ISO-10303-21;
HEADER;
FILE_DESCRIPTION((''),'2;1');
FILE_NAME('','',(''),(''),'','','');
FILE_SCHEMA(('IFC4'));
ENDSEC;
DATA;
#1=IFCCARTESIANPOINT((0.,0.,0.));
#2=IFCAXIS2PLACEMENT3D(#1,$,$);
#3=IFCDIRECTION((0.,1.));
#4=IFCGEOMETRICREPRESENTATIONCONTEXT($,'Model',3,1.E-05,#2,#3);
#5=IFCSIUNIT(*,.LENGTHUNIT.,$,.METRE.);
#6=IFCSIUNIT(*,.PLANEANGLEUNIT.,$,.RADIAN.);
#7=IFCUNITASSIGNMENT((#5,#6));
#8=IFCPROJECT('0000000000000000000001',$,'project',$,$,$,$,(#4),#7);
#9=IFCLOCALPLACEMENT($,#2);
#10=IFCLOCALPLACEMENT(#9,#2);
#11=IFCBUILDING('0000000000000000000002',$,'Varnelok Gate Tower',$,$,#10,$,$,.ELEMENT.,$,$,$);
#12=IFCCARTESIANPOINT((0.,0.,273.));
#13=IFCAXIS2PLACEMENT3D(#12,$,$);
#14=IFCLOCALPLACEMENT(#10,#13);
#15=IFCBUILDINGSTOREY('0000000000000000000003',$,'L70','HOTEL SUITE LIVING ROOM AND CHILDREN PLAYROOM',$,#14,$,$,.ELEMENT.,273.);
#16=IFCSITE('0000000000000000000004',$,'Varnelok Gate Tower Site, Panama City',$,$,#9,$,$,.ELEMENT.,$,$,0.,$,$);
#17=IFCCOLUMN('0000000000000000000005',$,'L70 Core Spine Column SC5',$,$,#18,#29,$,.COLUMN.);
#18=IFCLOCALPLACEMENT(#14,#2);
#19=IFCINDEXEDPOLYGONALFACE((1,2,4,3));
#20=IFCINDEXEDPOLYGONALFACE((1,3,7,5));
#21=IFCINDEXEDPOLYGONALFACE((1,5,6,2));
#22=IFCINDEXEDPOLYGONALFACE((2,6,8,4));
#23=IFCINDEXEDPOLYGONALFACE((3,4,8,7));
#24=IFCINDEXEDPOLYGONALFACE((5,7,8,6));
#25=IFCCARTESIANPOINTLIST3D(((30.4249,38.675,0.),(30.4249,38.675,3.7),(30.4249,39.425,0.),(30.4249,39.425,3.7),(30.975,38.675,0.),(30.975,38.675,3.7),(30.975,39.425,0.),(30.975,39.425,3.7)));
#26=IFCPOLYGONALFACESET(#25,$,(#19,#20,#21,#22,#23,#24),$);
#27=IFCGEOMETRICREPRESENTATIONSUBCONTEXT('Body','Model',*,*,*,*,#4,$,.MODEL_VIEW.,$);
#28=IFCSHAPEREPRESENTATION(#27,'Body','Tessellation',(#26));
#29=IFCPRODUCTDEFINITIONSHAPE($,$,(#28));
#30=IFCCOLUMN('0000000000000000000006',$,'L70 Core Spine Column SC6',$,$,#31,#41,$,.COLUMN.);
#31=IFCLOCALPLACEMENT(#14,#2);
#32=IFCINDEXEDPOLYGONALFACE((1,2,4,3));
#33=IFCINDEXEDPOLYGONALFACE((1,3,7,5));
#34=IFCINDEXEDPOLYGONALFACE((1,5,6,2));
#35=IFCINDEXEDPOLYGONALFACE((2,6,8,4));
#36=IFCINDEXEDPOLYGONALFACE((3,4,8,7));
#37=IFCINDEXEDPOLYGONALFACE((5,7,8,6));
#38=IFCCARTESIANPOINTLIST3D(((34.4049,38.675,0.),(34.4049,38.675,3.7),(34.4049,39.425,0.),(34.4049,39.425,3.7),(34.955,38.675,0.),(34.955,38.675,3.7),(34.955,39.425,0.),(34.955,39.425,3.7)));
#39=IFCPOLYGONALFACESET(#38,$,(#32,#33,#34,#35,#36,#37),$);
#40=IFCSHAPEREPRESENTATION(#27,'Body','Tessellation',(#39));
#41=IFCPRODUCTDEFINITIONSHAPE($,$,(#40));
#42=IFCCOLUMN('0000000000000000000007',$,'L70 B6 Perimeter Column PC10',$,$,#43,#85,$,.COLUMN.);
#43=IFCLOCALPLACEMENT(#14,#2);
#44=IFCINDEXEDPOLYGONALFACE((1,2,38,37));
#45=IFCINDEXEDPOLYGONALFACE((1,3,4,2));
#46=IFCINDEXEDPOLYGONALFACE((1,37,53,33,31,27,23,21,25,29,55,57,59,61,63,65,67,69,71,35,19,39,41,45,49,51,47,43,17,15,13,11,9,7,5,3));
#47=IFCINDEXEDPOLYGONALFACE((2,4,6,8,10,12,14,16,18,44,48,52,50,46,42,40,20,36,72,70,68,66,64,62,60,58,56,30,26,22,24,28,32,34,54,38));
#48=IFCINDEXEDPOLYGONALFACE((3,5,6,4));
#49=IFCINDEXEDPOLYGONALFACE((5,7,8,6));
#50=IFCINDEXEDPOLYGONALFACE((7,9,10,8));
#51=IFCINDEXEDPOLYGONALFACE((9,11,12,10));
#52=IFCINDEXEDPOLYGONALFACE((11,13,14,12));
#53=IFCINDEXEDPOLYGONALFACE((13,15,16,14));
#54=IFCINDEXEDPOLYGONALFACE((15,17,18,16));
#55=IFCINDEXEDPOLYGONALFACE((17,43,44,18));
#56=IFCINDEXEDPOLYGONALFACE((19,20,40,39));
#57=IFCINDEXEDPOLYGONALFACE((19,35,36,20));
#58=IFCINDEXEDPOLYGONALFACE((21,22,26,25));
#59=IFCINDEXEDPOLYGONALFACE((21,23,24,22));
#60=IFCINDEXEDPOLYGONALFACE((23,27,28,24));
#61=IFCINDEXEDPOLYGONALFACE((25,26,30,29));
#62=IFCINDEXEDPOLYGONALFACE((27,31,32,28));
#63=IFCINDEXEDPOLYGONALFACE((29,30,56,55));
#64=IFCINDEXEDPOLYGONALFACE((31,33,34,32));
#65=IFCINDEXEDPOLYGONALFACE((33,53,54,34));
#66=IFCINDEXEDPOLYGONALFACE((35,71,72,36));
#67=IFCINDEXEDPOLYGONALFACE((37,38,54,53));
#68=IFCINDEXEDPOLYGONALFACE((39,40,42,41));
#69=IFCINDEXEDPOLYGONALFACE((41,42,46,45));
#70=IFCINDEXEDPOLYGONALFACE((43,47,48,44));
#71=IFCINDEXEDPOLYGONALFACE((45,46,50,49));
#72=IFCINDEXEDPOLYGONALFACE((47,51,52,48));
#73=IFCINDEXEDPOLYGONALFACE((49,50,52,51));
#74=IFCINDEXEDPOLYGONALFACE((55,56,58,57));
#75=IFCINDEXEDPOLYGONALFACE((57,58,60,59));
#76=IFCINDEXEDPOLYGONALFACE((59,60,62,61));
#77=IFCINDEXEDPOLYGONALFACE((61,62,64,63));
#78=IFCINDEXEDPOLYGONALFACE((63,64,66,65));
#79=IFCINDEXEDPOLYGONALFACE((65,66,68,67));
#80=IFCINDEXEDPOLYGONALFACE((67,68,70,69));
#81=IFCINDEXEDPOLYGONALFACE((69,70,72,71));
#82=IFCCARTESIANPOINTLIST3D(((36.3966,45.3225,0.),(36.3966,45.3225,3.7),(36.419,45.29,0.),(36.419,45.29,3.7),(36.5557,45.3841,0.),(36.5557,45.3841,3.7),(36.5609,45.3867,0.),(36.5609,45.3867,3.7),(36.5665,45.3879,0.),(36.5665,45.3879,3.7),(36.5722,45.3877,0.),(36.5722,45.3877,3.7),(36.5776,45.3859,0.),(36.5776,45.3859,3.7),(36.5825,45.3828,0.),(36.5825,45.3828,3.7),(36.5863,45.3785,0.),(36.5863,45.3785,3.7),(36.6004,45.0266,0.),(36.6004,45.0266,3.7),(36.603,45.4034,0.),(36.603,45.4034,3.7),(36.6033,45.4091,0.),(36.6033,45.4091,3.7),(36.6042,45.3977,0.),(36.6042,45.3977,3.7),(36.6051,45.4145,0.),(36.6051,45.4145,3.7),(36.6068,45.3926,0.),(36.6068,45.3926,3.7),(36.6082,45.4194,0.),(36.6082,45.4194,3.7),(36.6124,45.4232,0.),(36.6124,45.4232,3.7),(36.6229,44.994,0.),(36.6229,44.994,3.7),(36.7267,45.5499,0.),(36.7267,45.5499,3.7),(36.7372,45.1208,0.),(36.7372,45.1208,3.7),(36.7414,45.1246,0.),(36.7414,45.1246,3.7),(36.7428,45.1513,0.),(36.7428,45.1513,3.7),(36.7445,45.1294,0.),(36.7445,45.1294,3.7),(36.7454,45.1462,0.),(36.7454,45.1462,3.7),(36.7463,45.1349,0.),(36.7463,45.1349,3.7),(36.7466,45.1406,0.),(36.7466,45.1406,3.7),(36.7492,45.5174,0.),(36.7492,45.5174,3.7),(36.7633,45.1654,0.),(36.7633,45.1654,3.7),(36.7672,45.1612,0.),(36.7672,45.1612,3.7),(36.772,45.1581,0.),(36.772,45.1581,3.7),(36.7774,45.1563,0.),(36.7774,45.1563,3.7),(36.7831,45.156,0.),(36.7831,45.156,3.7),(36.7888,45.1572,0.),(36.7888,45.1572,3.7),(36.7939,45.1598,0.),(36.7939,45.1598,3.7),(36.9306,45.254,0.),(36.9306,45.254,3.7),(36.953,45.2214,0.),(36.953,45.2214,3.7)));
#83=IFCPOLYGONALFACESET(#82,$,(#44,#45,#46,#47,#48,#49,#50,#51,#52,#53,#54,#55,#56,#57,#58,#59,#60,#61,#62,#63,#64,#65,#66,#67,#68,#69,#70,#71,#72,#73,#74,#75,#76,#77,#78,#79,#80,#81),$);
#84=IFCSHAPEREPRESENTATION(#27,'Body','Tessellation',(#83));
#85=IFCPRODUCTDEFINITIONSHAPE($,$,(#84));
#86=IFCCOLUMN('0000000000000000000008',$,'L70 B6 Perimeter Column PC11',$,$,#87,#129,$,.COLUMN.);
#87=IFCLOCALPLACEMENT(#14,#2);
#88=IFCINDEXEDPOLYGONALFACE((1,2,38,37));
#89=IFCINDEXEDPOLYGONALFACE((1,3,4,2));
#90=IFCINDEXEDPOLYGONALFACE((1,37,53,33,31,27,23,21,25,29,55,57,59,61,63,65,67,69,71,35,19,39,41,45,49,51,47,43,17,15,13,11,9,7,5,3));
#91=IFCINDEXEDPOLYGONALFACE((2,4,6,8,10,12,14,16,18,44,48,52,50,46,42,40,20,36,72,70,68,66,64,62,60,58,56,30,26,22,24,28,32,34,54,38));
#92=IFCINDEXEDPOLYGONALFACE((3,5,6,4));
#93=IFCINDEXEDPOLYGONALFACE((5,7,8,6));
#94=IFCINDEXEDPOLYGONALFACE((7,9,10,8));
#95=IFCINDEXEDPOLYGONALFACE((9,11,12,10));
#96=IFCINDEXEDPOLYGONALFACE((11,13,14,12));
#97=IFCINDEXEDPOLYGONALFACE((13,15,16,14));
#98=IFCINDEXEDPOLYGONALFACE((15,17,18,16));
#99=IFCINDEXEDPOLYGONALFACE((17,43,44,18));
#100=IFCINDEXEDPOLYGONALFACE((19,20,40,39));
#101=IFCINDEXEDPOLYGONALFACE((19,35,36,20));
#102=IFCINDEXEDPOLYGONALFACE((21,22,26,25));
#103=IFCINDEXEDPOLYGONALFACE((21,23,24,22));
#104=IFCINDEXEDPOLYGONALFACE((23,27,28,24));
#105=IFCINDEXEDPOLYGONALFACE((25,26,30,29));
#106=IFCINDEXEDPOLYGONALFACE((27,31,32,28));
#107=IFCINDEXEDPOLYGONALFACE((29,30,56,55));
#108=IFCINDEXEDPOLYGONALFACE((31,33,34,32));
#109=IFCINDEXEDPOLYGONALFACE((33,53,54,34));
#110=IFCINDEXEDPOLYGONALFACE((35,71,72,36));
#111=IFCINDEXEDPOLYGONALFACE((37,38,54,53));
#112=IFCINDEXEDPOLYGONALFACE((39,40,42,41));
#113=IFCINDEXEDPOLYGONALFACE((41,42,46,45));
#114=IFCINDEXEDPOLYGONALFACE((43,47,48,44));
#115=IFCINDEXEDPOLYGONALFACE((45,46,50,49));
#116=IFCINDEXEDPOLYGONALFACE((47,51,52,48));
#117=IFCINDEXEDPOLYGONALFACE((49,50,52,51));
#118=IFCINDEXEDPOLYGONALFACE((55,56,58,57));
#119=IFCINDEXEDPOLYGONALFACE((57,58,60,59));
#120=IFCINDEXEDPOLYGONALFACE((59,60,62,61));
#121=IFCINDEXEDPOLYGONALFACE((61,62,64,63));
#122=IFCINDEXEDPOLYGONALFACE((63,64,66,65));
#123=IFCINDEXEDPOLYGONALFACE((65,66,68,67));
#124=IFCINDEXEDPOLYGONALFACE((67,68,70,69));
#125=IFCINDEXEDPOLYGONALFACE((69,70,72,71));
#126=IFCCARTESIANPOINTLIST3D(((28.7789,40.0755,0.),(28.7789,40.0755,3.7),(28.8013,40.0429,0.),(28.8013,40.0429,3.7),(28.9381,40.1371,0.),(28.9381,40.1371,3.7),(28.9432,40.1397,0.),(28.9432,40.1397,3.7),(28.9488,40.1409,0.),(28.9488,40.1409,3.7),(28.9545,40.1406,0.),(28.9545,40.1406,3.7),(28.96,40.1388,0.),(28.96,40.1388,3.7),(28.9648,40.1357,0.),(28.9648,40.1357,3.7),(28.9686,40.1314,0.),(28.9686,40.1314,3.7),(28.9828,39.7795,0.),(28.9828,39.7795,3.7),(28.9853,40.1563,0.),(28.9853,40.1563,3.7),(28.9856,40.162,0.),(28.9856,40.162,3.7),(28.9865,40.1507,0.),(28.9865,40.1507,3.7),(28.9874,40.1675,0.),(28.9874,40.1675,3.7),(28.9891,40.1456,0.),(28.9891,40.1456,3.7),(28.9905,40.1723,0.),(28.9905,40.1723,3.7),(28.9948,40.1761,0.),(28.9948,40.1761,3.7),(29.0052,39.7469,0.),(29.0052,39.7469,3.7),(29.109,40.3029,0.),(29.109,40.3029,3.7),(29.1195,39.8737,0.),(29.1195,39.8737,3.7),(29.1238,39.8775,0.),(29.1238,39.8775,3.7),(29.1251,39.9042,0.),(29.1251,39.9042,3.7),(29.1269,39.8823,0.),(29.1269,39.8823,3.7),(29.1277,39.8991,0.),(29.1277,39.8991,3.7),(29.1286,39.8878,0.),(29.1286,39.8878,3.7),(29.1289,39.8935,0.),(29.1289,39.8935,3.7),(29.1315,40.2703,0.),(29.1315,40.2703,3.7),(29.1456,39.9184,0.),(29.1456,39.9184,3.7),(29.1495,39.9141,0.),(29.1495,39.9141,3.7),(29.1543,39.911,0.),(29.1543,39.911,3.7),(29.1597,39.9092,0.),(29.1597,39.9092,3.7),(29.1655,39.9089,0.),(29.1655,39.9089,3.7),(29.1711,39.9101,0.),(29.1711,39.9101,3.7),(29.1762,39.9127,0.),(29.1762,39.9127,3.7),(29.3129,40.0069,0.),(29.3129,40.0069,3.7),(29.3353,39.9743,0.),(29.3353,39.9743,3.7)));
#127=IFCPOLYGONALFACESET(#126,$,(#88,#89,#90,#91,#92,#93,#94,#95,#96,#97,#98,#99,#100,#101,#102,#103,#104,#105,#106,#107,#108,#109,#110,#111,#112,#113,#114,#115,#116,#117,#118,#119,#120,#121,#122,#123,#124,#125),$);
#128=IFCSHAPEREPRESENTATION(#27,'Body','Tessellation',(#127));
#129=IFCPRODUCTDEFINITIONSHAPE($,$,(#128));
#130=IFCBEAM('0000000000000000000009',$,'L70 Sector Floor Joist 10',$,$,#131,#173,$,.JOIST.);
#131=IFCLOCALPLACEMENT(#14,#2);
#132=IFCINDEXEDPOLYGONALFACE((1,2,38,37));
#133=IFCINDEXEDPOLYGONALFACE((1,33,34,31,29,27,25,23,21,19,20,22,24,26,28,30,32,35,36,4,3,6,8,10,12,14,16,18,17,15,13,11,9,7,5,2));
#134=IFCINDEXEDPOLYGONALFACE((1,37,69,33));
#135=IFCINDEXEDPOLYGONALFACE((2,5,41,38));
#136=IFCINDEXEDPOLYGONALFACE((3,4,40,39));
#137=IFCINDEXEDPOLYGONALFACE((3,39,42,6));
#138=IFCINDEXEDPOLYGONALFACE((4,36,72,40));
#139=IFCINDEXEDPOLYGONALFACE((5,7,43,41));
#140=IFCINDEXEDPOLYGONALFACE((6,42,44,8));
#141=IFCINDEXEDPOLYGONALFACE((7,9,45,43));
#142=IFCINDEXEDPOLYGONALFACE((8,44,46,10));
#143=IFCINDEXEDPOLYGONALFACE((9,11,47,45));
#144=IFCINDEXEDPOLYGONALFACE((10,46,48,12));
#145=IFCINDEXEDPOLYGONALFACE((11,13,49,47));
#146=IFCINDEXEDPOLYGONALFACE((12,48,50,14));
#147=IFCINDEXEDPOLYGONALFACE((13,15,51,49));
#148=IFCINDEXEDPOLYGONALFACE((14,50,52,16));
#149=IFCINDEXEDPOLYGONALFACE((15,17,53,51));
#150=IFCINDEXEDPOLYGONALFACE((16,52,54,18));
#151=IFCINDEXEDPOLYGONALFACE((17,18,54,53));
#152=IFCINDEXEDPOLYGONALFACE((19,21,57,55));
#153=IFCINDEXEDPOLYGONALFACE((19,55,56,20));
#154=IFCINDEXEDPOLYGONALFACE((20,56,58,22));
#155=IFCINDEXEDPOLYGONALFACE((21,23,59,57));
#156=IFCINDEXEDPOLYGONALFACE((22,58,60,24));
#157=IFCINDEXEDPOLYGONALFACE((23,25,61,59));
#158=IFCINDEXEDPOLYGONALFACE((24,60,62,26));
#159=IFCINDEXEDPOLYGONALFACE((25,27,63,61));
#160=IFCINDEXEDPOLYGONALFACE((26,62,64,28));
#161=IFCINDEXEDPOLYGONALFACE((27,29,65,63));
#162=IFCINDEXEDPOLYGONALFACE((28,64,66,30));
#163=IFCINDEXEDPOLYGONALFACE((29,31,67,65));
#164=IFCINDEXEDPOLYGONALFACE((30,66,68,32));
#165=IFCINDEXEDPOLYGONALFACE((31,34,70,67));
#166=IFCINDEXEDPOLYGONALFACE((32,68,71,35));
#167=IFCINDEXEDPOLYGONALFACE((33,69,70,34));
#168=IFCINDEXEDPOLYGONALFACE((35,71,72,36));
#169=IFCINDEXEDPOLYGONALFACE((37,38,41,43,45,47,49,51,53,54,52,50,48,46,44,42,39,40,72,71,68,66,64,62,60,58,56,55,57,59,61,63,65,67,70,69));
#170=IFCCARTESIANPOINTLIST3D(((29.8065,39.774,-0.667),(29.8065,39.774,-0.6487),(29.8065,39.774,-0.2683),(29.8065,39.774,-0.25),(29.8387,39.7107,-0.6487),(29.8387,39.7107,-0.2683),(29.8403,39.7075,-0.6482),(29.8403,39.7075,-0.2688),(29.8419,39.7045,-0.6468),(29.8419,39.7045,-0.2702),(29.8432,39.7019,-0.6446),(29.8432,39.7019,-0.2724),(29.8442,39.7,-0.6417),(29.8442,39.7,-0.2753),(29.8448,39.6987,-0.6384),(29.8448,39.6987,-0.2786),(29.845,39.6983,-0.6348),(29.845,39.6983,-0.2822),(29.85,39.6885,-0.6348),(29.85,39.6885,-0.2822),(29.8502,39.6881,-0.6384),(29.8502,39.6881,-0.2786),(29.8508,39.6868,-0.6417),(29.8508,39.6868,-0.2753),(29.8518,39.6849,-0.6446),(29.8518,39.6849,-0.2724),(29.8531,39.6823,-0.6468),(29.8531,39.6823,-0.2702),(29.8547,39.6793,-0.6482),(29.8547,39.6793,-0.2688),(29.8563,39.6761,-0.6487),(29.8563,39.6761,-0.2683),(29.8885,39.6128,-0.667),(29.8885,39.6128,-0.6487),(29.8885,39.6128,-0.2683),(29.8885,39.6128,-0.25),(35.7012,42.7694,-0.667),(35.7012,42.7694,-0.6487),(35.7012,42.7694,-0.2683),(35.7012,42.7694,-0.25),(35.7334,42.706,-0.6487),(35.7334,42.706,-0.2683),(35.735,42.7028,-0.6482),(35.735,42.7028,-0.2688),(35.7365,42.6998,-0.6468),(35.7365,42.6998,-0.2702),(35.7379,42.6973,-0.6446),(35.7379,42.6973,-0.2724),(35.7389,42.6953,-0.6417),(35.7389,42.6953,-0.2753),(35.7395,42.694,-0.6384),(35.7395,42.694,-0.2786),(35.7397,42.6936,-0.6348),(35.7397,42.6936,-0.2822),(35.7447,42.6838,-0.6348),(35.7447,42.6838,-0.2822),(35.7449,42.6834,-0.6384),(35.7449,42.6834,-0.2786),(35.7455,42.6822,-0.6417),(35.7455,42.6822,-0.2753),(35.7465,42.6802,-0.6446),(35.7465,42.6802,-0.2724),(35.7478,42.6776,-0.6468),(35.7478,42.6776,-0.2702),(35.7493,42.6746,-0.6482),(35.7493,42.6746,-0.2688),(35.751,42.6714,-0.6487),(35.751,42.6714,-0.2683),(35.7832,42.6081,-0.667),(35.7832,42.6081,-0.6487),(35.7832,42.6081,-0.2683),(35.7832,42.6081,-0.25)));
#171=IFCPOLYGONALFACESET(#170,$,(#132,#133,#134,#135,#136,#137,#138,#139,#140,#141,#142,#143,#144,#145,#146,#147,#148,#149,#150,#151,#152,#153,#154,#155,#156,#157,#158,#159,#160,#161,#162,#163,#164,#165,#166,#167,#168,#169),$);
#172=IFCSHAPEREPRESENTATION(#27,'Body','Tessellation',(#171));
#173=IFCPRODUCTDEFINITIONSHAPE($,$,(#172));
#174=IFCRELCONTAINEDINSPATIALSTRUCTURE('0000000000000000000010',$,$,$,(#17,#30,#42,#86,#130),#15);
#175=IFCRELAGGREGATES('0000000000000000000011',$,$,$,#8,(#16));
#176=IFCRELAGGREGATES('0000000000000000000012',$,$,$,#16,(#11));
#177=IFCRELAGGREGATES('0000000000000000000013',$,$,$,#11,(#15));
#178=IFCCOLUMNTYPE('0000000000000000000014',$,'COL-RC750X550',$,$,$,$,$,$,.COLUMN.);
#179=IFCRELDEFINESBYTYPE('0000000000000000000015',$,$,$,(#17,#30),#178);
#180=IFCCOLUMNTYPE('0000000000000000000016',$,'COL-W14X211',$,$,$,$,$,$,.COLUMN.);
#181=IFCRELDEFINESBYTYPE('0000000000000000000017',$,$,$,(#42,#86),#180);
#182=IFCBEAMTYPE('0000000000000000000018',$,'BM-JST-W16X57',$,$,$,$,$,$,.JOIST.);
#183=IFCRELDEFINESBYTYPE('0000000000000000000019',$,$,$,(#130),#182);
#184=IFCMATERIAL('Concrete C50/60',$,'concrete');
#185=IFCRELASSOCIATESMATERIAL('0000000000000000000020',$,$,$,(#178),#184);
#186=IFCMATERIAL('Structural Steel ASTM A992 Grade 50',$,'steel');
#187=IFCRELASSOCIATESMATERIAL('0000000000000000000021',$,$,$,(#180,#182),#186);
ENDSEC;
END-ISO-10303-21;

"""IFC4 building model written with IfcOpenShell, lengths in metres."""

from ifc_helpers import new_model, si_unit, direction, frame, origin, origin_2d, place, context, subcontext, project, spatial, rectangle, i_section, extrude, material, material_profile, profile_set, type_object, element, save


model = new_model("IFC4")

# Units and contexts
model_context = context("Model", 3, precision=1e-05, world=origin(), true_north=direction((0.0, 1.0)))
body_context = subcontext(model_context, "Body", "Model", "MODEL_VIEW")
ifc_project = project(units=[si_unit("LENGTHUNIT", "METRE"), si_unit("PLANEANGLEUNIT", "RADIAN")], contexts=[model_context])

# Site, building, storey
site_placement = place(None, origin())
site = spatial("IfcSite", under=ifc_project, at=site_placement, Name="Varnelok Gate Tower Site, Panama City", CompositionType="ELEMENT", RefElevation=0.0)
building_placement = place(site_placement, origin())
building = spatial("IfcBuilding", under=site, at=building_placement, Name="Varnelok Gate Tower", CompositionType="ELEMENT")
storey_placement = place(building_placement, frame((0.0, 0.0, 273.0)))
storey = spatial("IfcBuildingStorey", under=building, at=storey_placement, Name="L70", Description="HOTEL SUITE LIVING ROOM AND CHILDREN PLAYROOM", CompositionType="ELEMENT", Elevation=273.0)

# Columns
ifc_material_1 = material(Name="Concrete C50/60", Category="concrete")
ifc_material_profile_1 = material_profile(ifc_material_1, rectangle(XDim=0.55, YDim=0.75, at=origin_2d()), Name="RC750X550")
ifc_profile_set_1 = profile_set([ifc_material_profile_1], Name="Concrete C50/60")
column_type_1 = type_object("IfcColumnType", Name="COL-RC750X550", PredefinedType="COLUMN", material=ifc_profile_set_1)
for number, where, z_axis, x_axis, name in (
    (1, (30.7, 39.05, 0.0), (0.0, 0.0, 1.0), (1.0, 0.0, 0.0), "L70 Core Spine Column SC5"),
    (2, (34.6799, 39.05, 0.0), (0.0, 0.0, 1.0), (1.0, 0.0, 0.0), "L70 Core Spine Column SC6"),
):
    element("IfcColumn", number, at=place(storey_placement, frame(where, z_axis=z_axis, x_axis=x_axis)), inside=storey, type_object=column_type_1, Name=name, PredefinedType="COLUMN", context=body_context, shape_type="SweptSolid", body=[
        extrude(rectangle(XDim=0.55, YDim=0.75, at=origin_2d()), origin(), (0.0, 0.0, 1.0), 3.7),
    ])
ifc_material_2 = material(Name="Structural Steel ASTM A992 Grade 50", Category="steel")
ifc_material_profile_2 = material_profile(ifc_material_2, i_section(OverallWidth=0.4009, OverallDepth=0.3989, WebThickness=0.0249, FlangeThickness=0.0396, FilletRadius=0.022, at=origin_2d()), Name="W14X211")
ifc_profile_set_2 = profile_set([ifc_material_profile_2], Name="Structural Steel ASTM A992 Grade 50")
column_type_2 = type_object("IfcColumnType", Name="COL-W14X211", PredefinedType="COLUMN", material=ifc_profile_set_2)
for number, where, z_axis, x_axis, name in (
    (3, (36.6748, 45.272, 0.0), (0.0, 0.0, 1.0), (0.823533, 0.567269, 0.0), "L70 B6 Perimeter Column PC10"),
    (4, (29.0571, 40.0249, 0.0), (0.0, 0.0, 1.0), (0.823533, 0.567269, 0.0), "L70 B6 Perimeter Column PC11"),
):
    element("IfcColumn", number, at=place(storey_placement, frame(where, z_axis=z_axis, x_axis=x_axis)), inside=storey, type_object=column_type_2, Name=name, PredefinedType="COLUMN", context=body_context, shape_type="SweptSolid", body=[
        extrude(i_section(OverallWidth=0.4009, OverallDepth=0.3989, WebThickness=0.0249, FlangeThickness=0.0396, FilletRadius=0.022, at=origin_2d()), origin(), (0.0, 0.0, 1.0), 3.7),
    ])

# Beam
ifc_material_profile_3 = material_profile(ifc_material_2, i_section(OverallWidth=0.1809, OverallDepth=0.417, WebThickness=0.011, FlangeThickness=0.0183, FilletRadius=0.0139, at=origin_2d()), Name="W16X57")
ifc_profile_set_3 = profile_set([ifc_material_profile_3], Name="Structural Steel ASTM A992 Grade 50")
beam_type_1 = type_object("IfcBeamType", Name="BM-JST-W16X57", PredefinedType="JOIST", material=ifc_profile_set_3)
beam_1_placement = place(storey_placement, frame((35.7422, 42.6887, -0.4585), z_axis=(-0.891506, -0.453008, 0.0), x_axis=(0.453008, -0.891506, 0.0)))
element("IfcBeam", 5, at=beam_1_placement, inside=storey, type_object=beam_type_1, Name="L70 Sector Floor Joist 10", PredefinedType="JOIST", context=body_context, shape_type="SweptSolid", body=[
    extrude(i_section(OverallWidth=0.1809, OverallDepth=0.417, WebThickness=0.011, FlangeThickness=0.0183, FilletRadius=0.0139, at=origin_2d()), origin(), (0.0, 0.0, 1.0), 6.6121),
])

save(model, "model.ifc")
